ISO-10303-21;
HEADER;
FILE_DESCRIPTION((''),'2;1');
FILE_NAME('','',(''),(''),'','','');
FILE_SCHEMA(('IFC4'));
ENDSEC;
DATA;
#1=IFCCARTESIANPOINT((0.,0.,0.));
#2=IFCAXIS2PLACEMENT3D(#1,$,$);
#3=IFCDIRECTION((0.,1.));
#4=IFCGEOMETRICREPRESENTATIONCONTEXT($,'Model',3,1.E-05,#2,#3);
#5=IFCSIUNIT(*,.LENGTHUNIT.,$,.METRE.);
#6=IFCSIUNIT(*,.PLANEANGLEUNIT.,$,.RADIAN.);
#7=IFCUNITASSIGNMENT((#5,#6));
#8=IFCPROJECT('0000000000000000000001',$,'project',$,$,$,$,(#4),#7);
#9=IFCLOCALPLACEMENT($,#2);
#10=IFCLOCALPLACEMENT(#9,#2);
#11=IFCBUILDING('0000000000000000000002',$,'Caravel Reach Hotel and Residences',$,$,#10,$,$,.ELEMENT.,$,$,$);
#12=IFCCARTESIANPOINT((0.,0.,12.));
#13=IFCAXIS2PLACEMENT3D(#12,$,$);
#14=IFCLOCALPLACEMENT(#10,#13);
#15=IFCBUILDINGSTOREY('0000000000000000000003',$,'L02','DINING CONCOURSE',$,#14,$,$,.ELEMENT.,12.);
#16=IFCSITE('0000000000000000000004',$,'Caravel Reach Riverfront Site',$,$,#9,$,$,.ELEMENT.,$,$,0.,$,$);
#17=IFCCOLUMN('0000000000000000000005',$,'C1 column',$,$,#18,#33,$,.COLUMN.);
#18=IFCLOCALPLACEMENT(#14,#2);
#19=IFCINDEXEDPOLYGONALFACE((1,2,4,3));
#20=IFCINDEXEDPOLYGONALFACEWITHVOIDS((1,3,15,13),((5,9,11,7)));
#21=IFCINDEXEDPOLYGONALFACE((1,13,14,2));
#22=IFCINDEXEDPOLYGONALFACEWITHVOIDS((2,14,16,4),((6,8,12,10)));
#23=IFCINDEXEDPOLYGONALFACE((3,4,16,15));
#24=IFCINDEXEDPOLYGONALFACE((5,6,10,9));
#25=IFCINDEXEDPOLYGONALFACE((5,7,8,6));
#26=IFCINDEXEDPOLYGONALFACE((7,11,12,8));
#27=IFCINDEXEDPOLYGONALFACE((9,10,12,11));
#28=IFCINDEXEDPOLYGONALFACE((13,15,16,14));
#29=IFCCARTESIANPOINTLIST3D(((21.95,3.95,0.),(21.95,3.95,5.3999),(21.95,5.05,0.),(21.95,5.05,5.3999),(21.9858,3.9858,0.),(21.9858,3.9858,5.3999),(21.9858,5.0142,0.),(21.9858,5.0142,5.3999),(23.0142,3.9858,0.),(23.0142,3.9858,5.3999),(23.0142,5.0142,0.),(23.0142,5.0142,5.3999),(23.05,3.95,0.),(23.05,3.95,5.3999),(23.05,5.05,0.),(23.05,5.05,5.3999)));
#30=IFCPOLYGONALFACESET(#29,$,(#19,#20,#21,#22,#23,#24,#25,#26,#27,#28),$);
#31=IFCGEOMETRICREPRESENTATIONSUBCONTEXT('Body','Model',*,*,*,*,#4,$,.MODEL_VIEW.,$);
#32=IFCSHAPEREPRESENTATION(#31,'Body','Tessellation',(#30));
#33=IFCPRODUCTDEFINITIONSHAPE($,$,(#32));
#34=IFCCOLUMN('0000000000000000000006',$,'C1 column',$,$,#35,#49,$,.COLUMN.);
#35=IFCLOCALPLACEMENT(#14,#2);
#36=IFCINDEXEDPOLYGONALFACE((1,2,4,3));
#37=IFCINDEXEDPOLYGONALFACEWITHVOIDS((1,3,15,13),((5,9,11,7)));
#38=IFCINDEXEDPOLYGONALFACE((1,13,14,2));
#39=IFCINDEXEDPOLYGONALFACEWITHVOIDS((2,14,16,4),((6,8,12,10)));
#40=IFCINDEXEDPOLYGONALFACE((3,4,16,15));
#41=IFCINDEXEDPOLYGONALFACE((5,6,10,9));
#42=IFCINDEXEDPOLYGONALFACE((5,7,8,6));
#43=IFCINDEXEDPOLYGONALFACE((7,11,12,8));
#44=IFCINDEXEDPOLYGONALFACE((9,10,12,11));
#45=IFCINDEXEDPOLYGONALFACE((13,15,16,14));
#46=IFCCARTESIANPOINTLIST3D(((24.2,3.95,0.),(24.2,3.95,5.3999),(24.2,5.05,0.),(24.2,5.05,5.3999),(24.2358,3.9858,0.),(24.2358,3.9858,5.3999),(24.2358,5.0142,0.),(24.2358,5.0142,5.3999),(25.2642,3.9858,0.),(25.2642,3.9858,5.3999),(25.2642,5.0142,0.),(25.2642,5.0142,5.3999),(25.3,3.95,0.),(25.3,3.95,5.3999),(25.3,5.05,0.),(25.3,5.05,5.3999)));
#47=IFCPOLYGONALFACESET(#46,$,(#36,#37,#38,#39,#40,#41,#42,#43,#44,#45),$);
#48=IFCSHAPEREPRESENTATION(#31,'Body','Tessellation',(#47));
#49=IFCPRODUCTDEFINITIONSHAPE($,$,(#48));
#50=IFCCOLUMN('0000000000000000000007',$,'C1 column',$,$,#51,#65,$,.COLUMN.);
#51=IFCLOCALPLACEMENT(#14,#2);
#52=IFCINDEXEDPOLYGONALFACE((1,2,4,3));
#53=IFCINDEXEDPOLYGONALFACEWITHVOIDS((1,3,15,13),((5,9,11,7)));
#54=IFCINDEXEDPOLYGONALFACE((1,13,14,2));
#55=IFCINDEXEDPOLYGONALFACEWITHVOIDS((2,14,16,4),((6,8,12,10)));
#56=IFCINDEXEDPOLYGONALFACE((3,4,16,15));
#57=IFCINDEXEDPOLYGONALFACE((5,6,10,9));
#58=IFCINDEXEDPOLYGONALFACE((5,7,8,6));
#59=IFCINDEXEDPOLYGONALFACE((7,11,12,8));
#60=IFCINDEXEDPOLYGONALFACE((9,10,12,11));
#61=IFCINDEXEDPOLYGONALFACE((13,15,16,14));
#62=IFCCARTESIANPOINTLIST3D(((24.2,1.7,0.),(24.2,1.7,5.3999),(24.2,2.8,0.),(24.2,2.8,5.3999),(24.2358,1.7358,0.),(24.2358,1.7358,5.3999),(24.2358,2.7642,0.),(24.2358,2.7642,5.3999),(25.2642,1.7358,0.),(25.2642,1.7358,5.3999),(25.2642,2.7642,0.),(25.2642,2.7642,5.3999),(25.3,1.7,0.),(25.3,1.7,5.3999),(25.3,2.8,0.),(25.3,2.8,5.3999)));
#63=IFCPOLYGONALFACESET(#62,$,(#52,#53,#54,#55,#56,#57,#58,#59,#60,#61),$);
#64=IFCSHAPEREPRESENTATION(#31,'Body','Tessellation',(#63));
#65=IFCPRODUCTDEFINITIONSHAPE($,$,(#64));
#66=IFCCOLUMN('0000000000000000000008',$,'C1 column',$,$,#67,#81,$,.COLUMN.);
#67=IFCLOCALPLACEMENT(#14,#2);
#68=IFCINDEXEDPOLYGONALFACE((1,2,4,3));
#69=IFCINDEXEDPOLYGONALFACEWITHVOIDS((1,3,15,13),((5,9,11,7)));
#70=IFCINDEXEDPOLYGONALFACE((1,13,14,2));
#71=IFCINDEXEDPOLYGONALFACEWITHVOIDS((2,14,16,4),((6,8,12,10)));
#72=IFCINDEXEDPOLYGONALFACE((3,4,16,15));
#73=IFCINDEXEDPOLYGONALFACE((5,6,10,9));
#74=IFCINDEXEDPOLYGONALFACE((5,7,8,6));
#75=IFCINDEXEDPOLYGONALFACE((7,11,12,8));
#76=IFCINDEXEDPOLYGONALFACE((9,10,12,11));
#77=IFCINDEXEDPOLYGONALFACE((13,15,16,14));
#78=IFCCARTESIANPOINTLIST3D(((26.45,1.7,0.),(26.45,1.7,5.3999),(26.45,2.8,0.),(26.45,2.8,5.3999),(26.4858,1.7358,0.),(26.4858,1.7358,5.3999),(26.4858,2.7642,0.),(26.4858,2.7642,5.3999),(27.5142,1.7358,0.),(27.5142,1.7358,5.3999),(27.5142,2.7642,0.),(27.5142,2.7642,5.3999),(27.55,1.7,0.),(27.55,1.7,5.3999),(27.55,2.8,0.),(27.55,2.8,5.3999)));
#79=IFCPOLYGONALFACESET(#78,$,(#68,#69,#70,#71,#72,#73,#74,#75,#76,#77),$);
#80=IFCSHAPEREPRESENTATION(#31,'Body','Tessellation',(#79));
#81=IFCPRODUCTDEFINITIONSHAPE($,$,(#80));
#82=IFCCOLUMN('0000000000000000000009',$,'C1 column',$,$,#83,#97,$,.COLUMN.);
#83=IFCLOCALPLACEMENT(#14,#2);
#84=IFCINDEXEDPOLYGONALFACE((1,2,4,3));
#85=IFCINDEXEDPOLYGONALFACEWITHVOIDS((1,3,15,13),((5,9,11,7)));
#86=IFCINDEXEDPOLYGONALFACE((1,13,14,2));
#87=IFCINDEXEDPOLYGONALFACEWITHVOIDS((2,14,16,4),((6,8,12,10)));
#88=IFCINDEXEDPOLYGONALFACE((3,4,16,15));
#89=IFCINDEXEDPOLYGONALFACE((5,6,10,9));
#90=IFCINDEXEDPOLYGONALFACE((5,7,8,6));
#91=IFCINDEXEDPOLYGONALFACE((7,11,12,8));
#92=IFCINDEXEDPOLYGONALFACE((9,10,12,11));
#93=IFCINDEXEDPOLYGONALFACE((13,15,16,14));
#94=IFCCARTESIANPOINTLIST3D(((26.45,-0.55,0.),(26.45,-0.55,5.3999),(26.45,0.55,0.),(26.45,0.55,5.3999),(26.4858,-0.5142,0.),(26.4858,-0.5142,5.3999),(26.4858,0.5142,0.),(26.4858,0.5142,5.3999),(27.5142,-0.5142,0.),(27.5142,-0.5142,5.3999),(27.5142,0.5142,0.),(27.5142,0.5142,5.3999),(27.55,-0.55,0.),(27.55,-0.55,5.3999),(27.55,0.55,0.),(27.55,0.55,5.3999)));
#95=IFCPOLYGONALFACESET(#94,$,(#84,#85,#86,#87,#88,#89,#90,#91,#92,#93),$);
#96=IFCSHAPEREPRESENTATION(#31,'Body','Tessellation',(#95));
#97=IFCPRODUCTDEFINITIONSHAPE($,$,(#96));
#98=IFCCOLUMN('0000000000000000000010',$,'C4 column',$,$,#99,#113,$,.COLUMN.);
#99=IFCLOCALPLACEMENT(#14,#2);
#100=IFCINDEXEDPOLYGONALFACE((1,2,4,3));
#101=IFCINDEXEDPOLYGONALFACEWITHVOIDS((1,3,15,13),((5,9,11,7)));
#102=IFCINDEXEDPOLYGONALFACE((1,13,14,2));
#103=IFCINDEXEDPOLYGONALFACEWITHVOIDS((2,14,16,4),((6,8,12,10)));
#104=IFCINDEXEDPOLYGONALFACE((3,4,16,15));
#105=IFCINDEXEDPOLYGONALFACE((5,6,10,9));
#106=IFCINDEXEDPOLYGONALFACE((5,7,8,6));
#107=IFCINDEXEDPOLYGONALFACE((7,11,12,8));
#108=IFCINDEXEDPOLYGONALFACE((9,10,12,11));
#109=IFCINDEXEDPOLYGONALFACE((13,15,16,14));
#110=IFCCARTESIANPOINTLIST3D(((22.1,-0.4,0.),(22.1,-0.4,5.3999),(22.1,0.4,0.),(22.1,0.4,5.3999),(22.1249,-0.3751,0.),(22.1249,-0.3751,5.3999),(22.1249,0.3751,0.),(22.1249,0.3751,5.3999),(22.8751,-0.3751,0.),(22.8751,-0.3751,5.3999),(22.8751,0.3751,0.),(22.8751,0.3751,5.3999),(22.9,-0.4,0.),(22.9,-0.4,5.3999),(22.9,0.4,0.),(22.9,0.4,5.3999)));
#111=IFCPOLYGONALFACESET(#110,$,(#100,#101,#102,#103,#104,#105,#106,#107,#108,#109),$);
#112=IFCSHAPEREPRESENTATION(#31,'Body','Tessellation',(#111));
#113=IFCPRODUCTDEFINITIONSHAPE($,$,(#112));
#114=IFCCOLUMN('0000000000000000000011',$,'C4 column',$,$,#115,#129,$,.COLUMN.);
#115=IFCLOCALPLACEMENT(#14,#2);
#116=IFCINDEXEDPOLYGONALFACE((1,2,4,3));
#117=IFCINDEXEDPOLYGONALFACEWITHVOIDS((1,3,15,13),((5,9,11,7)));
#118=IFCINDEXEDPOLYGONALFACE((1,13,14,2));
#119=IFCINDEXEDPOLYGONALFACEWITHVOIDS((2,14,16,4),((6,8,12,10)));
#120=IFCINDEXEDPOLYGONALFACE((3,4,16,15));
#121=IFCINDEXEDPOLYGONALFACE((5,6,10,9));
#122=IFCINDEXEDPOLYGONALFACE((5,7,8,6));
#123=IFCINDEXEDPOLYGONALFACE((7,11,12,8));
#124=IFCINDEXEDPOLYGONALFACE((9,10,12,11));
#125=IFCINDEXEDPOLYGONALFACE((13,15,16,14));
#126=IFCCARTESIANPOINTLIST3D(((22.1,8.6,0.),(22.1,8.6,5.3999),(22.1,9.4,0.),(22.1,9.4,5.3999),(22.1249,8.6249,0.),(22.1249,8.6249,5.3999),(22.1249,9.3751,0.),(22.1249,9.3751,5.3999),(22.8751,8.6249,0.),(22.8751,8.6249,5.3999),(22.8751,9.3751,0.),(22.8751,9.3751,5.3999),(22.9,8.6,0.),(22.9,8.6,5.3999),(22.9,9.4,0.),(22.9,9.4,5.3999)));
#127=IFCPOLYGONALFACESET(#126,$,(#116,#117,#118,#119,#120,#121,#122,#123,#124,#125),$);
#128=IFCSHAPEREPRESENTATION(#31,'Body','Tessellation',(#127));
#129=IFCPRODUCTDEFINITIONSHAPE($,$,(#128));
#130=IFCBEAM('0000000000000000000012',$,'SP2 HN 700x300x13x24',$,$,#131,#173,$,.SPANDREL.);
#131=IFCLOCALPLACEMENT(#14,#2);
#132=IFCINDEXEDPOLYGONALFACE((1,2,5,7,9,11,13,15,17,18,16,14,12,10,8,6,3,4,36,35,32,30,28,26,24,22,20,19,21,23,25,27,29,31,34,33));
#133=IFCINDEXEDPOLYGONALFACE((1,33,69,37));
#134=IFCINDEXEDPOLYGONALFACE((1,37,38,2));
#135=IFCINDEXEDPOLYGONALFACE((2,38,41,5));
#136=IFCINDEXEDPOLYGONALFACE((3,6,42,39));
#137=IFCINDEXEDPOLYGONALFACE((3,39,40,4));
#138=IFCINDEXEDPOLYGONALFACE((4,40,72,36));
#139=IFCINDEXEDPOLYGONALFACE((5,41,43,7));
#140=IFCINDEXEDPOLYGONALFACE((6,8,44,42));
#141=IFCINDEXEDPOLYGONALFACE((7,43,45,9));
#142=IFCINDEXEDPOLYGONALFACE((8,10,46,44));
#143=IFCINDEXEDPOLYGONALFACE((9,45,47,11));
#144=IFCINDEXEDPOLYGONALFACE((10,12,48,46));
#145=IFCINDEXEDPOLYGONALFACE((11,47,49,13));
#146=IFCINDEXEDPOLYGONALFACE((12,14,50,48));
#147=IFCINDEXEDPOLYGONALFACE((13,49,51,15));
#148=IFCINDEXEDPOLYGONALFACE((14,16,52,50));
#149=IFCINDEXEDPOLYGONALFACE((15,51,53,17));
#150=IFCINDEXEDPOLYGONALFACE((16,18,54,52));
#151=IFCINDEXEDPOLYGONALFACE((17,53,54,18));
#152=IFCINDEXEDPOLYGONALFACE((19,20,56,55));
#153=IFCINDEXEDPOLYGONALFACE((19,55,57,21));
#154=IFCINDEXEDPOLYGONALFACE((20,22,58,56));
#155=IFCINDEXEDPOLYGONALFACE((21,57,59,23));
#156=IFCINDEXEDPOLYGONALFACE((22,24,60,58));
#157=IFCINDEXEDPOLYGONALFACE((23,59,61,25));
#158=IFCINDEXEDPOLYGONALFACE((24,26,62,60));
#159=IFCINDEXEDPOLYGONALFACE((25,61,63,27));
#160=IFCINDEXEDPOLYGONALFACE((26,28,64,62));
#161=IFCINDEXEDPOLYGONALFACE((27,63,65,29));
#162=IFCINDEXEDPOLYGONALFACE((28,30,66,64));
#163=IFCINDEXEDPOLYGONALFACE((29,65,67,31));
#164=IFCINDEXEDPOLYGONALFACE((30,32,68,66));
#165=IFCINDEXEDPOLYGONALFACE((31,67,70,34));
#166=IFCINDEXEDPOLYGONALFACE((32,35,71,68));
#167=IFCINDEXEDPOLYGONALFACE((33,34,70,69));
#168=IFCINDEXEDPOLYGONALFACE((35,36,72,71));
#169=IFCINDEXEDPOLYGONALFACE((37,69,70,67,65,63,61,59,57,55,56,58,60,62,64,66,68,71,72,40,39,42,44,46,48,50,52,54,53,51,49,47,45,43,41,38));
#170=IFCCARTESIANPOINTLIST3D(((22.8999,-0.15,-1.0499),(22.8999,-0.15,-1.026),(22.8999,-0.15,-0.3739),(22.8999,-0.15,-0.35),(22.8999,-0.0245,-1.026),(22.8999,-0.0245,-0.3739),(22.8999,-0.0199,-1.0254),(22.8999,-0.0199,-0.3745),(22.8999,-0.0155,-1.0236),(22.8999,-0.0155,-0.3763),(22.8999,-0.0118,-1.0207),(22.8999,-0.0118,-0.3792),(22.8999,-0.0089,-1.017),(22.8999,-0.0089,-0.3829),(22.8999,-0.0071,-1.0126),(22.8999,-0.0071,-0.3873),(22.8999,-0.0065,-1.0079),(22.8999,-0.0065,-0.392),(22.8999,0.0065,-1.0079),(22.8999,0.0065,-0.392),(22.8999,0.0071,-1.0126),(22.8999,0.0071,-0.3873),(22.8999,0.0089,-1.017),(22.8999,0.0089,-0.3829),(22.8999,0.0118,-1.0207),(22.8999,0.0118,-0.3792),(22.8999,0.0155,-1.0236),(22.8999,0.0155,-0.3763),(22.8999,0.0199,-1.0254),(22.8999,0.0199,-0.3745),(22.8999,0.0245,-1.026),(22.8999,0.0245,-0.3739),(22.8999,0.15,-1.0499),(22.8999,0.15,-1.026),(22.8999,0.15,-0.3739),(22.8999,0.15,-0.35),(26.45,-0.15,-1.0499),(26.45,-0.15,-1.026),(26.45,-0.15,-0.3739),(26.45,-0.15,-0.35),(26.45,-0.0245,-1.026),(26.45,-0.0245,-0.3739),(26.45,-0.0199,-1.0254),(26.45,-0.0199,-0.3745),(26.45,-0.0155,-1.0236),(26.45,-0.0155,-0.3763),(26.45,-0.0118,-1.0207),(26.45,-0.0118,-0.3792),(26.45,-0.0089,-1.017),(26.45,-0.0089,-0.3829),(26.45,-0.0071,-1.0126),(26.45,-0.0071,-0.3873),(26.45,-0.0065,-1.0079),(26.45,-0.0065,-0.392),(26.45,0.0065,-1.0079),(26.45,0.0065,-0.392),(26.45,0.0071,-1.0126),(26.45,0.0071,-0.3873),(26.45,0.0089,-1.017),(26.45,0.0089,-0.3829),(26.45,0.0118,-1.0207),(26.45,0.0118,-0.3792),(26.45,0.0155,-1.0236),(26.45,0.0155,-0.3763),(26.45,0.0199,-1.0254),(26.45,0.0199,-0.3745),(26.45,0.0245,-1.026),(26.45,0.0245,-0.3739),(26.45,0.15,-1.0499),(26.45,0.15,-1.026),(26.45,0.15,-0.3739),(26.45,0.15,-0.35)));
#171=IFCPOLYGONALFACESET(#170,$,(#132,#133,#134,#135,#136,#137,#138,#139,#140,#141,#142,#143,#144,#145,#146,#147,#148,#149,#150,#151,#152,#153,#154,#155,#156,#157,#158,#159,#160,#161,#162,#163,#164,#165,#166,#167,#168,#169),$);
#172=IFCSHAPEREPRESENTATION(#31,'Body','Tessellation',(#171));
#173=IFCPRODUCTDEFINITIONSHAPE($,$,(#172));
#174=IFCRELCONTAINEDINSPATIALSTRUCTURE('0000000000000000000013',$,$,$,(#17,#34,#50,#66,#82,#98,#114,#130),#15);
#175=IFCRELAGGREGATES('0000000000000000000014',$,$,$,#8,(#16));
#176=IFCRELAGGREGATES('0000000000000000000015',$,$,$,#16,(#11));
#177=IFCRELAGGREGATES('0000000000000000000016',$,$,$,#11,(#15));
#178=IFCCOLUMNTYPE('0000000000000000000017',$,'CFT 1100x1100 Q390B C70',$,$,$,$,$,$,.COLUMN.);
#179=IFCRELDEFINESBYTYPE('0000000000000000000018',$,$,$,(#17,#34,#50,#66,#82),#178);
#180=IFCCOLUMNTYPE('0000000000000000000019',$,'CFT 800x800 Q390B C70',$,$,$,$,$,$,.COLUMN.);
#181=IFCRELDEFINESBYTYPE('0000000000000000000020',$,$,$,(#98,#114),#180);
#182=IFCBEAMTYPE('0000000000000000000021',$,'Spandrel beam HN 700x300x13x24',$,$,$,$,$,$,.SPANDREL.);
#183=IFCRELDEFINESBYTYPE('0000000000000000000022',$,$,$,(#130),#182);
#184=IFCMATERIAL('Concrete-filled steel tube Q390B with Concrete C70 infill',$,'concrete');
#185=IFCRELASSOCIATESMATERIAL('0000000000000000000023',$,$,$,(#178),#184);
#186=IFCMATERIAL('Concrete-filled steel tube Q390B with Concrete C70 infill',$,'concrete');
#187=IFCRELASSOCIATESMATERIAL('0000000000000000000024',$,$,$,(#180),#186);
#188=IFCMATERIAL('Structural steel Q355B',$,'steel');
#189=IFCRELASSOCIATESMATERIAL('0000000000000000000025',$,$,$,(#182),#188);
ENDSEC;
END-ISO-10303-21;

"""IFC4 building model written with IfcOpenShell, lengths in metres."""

from ifc_helpers import new_model, si_unit, direction, frame, origin, origin_2d, place, context, subcontext, project, spatial, hollow_rectangle, i_section, extrude, material, material_profile, profile_set, type_object, element, save


model = new_model("IFC4")

# Units and contexts
model_context = context("Model", 3, precision=1e-05, world=origin(), true_north=direction((0.0, 1.0)))
body_context = subcontext(model_context, "Body", "Model", "MODEL_VIEW")
ifc_project = project(units=[si_unit("LENGTHUNIT", "METRE"), si_unit("PLANEANGLEUNIT", "RADIAN")], contexts=[model_context])

# Site, building, storey
site_placement = place(None, origin())
site = spatial("IfcSite", under=ifc_project, at=site_placement, Name="Caravel Reach Riverfront Site", CompositionType="ELEMENT", RefElevation=0.0)
building_placement = place(site_placement, origin())
building = spatial("IfcBuilding", under=site, at=building_placement, Name="Caravel Reach Hotel and Residences", CompositionType="ELEMENT")
storey_placement = place(building_placement, frame((0.0, 0.0, 12.0)))
storey = spatial("IfcBuildingStorey", under=building, at=storey_placement, Name="L02", Description="DINING CONCOURSE", CompositionType="ELEMENT", Elevation=12.0)

# Columns
ifc_material_1 = material(Name="Concrete-filled steel tube Q390B with Concrete C70 infill", Category="concrete")
ifc_material_profile_1 = material_profile(ifc_material_1, hollow_rectangle(XDim=1.1001, YDim=1.1001, WallThickness=0.0359, at=origin_2d()), Name="RHS 1100x1100x36")
ifc_profile_set_1 = profile_set([ifc_material_profile_1], Name="Concrete-filled steel tube Q390B with Concrete C70 infill")
column_type_1 = type_object("IfcColumnType", Name="CFT 1100x1100 Q390B C70", PredefinedType="COLUMN", material=ifc_profile_set_1)
for number, where, z_axis, x_axis, name in (
    (1, (22.5, 4.5, 0.0), (0.0, 0.0, 1.0), (1.0, 0.0, 0.0), "C1 column"),
    (2, (24.75, 4.5, 0.0), (0.0, 0.0, 1.0), (1.0, 0.0, 0.0), "C1 column"),
    (3, (24.75, 2.25, 0.0), (0.0, 0.0, 1.0), (1.0, 0.0, 0.0), "C1 column"),
    (4, (27.0, 2.25, 0.0), (0.0, 0.0, 1.0), (1.0, 0.0, 0.0), "C1 column"),
    (5, (27.0, 0.0, 0.0), (0.0, 0.0, 1.0), (1.0, 0.0, 0.0), "C1 column"),
):
    element("IfcColumn", number, at=place(storey_placement, frame(where, z_axis=z_axis, x_axis=x_axis)), inside=storey, type_object=column_type_1, Name=name, PredefinedType="COLUMN", context=body_context, shape_type="SweptSolid", body=[
        extrude(hollow_rectangle(XDim=1.1001, YDim=1.1001, WallThickness=0.0359, at=origin_2d()), origin(), (0.0, 0.0, 1.0), 5.3999),
    ])
ifc_material_2 = material(Name="Concrete-filled steel tube Q390B with Concrete C70 infill", Category="concrete")
ifc_material_profile_2 = material_profile(ifc_material_2, hollow_rectangle(XDim=0.8, YDim=0.8, WallThickness=0.0249, at=origin_2d()), Name="RHS 800x800x25")
ifc_profile_set_2 = profile_set([ifc_material_profile_2], Name="Concrete-filled steel tube Q390B with Concrete C70 infill")
column_type_2 = type_object("IfcColumnType", Name="CFT 800x800 Q390B C70", PredefinedType="COLUMN", material=ifc_profile_set_2)
for number, where, z_axis, x_axis, name in (
    (6, (22.5, 0.0, 0.0), (0.0, 0.0, 1.0), (1.0, 0.0, 0.0), "C4 column"),
    (7, (22.5, 9.0, 0.0), (0.0, 0.0, 1.0), (1.0, 0.0, 0.0), "C4 column"),
):
    element("IfcColumn", number, at=place(storey_placement, frame(where, z_axis=z_axis, x_axis=x_axis)), inside=storey, type_object=column_type_2, Name=name, PredefinedType="COLUMN", context=body_context, shape_type="SweptSolid", body=[
        extrude(hollow_rectangle(XDim=0.8, YDim=0.8, WallThickness=0.0249, at=origin_2d()), origin(), (0.0, 0.0, 1.0), 5.3999),
    ])

# Beam
ifc_material_3 = material(Name="Structural steel Q355B", Category="steel")
ifc_material_profile_3 = material_profile(ifc_material_3, i_section(OverallWidth=0.3, OverallDepth=0.7, WebThickness=0.0129, FlangeThickness=0.0239, FilletRadius=0.0181, at=origin_2d()), Name="HN 700x300x13x24")
ifc_profile_set_3 = profile_set([ifc_material_profile_3], Name="Structural steel Q355B")
beam_type = type_object("IfcBeamType", Name="Spandrel beam HN 700x300x13x24", PredefinedType="SPANDREL", material=ifc_profile_set_3)
for number, where, z_axis, x_axis, name in (
    (8, (22.8999, 0.0, -0.7), (1.0, 0.0, 0.0), (0.0, 1.0, 0.0), "SP2 HN 700x300x13x24"),
):
    element("IfcBeam", number, at=place(storey_placement, frame(where, z_axis=z_axis, x_axis=x_axis)), inside=storey, type_object=beam_type, Name=name, PredefinedType="SPANDREL", context=body_context, shape_type="SweptSolid", body=[
        extrude(i_section(OverallWidth=0.3, OverallDepth=0.7, WebThickness=0.0129, FlangeThickness=0.0239, FilletRadius=0.0181, at=origin_2d()), origin(), (0.0, 0.0, 1.0), 3.55),
    ])

save(model, "model.ifc")
